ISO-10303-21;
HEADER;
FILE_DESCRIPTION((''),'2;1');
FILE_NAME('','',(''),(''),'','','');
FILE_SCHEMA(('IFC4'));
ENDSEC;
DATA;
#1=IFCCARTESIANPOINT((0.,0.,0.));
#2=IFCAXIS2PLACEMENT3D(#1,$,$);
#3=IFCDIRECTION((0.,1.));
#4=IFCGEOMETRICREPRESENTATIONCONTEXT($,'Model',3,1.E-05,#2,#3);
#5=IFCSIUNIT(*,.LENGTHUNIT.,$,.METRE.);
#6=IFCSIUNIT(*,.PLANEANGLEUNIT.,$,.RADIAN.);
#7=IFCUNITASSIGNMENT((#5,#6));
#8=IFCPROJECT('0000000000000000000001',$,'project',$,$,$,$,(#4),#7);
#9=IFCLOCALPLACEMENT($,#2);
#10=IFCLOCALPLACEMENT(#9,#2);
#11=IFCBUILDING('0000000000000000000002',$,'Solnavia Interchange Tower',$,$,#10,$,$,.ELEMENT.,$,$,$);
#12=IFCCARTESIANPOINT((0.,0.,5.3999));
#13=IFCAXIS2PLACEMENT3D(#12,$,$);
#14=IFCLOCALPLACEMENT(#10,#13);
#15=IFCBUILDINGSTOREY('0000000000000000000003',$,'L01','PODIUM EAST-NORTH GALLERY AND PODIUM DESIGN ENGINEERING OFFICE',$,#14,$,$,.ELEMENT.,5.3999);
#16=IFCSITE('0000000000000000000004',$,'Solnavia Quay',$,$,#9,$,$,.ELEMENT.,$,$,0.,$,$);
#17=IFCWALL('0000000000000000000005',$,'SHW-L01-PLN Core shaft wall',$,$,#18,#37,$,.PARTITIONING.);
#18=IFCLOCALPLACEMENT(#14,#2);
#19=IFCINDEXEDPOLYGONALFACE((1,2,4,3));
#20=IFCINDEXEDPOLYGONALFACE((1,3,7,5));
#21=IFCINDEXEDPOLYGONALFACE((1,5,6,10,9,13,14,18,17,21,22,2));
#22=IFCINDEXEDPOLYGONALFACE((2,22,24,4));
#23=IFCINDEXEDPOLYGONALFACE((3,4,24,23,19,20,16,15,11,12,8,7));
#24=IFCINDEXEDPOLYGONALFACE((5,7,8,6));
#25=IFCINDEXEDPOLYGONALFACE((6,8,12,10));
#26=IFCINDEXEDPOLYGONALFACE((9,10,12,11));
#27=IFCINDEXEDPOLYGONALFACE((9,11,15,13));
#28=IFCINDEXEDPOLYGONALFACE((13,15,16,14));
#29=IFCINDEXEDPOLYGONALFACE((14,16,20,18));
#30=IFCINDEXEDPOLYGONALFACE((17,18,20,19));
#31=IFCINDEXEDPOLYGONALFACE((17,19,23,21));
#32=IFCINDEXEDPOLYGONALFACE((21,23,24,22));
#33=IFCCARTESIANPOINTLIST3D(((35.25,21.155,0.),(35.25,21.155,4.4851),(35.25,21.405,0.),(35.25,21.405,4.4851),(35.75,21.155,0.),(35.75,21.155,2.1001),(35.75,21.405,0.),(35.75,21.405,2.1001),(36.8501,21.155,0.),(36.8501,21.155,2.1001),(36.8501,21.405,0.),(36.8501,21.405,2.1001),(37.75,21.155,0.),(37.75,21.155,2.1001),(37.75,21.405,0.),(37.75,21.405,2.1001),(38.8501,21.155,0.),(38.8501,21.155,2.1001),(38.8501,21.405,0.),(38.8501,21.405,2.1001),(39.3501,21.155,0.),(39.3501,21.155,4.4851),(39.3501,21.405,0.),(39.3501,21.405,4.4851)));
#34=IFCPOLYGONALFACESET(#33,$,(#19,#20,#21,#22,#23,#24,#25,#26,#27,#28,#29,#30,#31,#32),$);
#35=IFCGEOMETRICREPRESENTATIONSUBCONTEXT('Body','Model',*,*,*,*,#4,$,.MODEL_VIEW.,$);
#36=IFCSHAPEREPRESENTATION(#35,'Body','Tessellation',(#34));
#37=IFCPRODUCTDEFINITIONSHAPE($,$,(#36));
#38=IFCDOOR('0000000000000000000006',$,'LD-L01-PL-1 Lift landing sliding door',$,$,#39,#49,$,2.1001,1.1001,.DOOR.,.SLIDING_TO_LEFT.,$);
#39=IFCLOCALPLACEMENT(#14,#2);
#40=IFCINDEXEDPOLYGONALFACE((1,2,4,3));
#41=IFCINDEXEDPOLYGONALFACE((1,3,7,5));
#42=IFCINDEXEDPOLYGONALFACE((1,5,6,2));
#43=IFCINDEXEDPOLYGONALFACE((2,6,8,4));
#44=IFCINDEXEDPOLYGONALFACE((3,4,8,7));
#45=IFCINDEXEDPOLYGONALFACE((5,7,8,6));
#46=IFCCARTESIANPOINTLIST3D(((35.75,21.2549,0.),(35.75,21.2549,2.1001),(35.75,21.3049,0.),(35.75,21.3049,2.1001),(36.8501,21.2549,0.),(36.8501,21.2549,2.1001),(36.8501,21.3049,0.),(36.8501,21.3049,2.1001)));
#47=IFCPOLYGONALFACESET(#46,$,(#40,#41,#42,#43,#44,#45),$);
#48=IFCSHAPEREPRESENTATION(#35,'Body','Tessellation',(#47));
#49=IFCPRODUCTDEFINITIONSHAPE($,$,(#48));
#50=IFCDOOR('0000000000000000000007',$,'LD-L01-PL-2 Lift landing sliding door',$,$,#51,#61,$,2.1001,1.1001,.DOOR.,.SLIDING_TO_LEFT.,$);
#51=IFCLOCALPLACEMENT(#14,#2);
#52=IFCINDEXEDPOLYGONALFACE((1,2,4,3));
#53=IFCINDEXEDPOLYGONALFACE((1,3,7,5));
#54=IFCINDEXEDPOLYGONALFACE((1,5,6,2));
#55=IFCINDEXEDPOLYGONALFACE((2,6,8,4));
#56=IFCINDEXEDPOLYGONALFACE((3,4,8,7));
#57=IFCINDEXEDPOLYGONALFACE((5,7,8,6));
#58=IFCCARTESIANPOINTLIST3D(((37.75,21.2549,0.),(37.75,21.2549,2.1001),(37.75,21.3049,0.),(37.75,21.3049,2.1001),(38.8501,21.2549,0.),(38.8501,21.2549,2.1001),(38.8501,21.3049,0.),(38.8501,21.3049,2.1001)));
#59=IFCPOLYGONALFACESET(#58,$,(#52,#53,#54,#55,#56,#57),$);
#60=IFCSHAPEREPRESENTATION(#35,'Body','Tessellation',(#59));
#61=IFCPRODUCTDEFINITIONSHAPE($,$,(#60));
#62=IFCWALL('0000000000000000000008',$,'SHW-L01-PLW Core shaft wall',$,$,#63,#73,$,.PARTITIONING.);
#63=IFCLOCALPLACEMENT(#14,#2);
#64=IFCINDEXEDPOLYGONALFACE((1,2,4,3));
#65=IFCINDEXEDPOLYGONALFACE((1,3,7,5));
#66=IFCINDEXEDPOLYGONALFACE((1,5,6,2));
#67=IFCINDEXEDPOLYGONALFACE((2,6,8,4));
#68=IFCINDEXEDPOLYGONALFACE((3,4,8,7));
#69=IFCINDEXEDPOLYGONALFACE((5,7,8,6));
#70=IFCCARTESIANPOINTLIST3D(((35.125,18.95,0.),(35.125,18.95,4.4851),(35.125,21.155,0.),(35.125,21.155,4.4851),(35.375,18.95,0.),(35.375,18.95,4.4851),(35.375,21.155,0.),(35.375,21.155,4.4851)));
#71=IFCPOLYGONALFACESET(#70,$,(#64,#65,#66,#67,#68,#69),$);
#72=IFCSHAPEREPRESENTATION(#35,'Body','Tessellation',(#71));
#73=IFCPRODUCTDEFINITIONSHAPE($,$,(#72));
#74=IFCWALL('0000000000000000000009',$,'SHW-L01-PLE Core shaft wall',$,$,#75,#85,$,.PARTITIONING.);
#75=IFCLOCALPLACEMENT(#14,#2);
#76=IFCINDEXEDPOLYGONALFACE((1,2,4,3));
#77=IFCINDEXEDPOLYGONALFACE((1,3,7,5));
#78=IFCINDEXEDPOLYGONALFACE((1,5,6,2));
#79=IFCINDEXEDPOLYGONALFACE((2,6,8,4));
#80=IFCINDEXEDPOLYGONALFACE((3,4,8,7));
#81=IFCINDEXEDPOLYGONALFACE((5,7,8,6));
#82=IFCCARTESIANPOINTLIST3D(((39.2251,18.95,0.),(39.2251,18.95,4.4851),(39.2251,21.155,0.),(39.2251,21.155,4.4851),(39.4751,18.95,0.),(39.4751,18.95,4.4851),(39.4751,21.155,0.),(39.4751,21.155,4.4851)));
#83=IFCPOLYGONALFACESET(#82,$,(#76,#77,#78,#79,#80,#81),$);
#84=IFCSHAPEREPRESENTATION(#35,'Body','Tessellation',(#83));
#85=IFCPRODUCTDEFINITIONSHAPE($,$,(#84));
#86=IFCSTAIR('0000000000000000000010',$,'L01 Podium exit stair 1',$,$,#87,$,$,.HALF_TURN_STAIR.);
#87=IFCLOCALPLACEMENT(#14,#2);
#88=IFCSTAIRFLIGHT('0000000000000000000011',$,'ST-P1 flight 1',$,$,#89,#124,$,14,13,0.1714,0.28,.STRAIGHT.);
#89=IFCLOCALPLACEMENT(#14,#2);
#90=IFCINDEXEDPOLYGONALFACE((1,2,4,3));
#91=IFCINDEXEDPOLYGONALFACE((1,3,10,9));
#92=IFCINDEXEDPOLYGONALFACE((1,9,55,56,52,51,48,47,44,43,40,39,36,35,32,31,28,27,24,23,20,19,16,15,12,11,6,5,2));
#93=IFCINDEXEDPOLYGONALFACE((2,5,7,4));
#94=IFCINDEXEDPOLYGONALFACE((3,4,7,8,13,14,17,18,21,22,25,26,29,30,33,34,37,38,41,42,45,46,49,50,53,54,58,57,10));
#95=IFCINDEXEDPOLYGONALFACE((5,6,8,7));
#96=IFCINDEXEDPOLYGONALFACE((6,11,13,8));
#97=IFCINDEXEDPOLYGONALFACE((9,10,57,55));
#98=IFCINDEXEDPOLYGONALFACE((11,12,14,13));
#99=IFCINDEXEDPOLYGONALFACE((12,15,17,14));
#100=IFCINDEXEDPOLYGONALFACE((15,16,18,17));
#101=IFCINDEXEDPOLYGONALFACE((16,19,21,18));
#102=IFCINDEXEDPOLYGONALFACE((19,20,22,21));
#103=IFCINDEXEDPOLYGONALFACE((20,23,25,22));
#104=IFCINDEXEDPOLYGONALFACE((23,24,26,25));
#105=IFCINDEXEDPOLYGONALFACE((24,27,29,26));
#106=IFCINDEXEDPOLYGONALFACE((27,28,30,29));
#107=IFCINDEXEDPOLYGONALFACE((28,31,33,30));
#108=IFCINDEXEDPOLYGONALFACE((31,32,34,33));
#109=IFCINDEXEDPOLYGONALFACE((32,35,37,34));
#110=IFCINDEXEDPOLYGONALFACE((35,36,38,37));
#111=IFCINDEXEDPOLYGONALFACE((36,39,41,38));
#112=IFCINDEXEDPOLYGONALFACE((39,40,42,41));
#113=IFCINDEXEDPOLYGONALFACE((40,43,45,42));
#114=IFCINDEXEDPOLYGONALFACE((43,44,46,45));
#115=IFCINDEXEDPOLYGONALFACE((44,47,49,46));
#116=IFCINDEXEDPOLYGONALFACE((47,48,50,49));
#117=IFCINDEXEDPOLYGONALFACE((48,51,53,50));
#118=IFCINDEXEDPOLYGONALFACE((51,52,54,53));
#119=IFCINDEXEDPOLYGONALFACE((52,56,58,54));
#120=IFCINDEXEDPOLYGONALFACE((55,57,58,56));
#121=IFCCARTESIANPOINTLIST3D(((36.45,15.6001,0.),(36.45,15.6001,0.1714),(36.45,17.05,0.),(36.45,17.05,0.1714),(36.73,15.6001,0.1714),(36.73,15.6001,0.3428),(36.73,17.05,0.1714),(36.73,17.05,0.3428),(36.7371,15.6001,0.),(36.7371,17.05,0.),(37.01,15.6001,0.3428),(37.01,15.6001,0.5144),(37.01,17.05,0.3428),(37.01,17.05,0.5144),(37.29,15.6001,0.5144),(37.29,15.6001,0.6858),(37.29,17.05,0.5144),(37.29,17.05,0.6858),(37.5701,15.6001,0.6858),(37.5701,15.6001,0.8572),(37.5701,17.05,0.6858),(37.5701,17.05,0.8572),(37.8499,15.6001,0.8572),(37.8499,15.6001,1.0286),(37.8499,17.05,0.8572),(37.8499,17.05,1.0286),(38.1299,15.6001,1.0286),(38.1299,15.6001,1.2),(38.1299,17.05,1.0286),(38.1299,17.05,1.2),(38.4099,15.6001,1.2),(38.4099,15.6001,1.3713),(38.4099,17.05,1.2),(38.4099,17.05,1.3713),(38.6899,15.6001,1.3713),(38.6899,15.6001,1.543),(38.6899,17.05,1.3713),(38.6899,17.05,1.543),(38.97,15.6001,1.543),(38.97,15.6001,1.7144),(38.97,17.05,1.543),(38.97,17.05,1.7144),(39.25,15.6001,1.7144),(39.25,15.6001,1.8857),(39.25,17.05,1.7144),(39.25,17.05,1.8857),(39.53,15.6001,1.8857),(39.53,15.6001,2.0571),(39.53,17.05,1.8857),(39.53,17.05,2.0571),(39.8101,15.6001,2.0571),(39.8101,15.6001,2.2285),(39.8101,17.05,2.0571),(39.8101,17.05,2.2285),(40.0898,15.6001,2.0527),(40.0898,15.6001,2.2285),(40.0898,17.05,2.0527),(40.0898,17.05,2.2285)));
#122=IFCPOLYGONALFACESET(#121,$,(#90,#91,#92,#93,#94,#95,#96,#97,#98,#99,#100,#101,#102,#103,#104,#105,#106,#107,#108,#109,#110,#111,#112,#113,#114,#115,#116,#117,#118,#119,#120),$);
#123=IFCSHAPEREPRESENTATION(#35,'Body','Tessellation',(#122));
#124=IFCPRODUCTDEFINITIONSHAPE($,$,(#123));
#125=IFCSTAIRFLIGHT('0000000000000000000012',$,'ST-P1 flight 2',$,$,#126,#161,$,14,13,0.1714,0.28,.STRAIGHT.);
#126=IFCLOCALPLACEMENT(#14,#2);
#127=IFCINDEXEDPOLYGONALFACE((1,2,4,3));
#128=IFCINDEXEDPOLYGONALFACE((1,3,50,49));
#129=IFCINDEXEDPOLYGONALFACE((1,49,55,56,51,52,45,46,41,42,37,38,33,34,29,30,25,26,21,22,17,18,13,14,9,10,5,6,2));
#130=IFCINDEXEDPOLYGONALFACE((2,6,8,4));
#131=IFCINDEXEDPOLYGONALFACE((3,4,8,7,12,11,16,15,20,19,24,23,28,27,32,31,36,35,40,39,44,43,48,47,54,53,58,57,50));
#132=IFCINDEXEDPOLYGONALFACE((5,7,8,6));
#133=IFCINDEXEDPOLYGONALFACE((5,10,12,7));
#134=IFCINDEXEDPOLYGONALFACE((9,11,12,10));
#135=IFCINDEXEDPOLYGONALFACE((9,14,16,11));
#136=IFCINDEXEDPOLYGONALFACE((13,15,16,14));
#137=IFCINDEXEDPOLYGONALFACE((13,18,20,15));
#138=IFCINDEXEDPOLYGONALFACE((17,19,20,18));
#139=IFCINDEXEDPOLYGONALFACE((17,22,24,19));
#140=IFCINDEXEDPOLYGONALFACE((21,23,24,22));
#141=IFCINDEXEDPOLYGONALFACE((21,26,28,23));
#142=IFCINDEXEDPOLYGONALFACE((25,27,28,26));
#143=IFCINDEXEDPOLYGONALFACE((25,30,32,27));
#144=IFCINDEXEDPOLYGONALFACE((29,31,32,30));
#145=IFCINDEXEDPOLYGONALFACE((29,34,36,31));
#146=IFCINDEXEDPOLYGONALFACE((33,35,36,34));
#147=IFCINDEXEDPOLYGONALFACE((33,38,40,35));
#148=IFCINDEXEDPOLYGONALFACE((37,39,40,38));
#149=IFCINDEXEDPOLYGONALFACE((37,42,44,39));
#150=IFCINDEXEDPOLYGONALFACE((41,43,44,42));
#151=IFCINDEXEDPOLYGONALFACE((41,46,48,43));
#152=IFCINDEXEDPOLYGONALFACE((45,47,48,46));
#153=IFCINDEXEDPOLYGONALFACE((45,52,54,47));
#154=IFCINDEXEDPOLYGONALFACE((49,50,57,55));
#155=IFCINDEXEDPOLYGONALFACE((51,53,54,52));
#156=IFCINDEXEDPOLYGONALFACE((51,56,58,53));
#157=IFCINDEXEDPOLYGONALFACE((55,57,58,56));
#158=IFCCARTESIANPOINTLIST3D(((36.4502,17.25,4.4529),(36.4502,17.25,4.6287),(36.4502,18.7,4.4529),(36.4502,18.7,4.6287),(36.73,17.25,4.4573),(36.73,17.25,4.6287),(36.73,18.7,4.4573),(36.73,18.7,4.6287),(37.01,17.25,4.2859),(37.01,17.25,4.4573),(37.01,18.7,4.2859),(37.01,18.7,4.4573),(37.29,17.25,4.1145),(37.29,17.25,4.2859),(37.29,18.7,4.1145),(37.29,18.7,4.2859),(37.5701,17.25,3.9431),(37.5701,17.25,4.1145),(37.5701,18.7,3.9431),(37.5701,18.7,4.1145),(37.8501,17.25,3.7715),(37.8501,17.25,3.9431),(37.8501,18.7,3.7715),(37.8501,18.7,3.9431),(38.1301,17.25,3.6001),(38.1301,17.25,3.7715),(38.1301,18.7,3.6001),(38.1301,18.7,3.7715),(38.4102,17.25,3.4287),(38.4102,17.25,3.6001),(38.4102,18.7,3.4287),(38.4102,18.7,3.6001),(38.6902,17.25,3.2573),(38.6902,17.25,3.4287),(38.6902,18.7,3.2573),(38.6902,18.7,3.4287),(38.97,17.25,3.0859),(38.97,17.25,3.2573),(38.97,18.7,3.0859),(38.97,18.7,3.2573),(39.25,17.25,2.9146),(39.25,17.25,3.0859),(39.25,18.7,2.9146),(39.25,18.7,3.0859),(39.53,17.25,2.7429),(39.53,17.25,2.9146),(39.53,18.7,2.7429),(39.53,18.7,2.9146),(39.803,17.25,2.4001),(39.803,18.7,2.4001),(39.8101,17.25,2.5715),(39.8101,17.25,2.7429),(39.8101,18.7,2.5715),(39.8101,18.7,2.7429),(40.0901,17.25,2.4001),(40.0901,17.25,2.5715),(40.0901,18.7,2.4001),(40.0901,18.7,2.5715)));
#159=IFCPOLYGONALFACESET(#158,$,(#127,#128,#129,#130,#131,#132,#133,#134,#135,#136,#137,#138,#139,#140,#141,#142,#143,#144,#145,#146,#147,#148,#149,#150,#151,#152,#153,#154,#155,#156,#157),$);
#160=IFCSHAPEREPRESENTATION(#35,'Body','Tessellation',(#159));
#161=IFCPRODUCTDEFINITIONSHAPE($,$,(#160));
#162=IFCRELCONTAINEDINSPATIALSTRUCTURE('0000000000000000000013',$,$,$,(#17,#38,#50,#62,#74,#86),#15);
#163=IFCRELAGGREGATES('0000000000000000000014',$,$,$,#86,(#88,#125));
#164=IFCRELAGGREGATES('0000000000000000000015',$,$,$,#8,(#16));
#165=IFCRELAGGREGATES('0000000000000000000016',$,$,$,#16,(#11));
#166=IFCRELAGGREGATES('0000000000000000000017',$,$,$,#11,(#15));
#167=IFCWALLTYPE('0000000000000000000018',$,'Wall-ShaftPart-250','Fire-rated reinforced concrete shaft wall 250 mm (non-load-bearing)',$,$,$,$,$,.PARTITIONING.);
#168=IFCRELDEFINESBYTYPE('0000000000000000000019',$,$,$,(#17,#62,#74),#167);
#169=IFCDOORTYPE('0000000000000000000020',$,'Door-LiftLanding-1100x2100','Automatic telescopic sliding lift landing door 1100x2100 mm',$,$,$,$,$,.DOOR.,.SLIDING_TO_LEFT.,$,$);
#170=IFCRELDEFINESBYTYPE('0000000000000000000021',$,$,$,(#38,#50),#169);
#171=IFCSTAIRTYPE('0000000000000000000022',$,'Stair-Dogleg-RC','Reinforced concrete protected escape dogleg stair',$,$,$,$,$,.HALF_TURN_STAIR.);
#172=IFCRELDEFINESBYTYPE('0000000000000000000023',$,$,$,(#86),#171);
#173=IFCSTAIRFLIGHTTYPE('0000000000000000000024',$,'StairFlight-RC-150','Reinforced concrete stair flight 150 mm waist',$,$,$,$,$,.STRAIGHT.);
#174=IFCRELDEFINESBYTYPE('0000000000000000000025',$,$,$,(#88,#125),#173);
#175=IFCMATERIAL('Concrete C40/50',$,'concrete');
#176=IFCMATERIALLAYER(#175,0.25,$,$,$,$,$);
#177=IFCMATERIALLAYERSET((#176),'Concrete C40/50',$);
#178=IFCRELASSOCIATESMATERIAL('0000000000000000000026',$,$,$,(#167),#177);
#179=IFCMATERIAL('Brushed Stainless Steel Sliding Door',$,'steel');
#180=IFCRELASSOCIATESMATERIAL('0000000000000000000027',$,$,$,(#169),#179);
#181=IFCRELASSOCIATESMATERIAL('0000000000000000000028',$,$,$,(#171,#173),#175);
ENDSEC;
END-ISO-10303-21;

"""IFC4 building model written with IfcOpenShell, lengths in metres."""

from ifc_helpers import new_model, si_unit, direction, frame, frame_2d, origin, place, context, subcontext, project, spatial, polyline, rectangle, outline, extrude, material, layer, layer_set, type_object, element, fill, aggregate, save


model = new_model("IFC4")

# Units and contexts
model_context = context("Model", 3, precision=1e-05, world=origin(), true_north=direction((0.0, 1.0)))
body_context = subcontext(model_context, "Body", "Model", "MODEL_VIEW")
ifc_project = project(units=[si_unit("LENGTHUNIT", "METRE"), si_unit("PLANEANGLEUNIT", "RADIAN")], contexts=[model_context])

# Site, building, storey
site_placement = place(None, origin())
site = spatial("IfcSite", under=ifc_project, at=site_placement, Name="Solnavia Quay", CompositionType="ELEMENT", RefElevation=0.0)
building_placement = place(site_placement, origin())
building = spatial("IfcBuilding", under=site, at=building_placement, Name="Solnavia Interchange Tower", CompositionType="ELEMENT")
storey_placement = place(building_placement, frame((0.0, 0.0, 5.3999)))
storey = spatial("IfcBuildingStorey", under=building, at=storey_placement, Name="L01", Description="PODIUM EAST-NORTH GALLERY AND PODIUM DESIGN ENGINEERING OFFICE", CompositionType="ELEMENT", Elevation=5.3999)

# Shared definitions
ifc_material_1 = material(Name="Concrete C40/50", Category="concrete")

# Wall, openings, doors
ifc_layer_1 = layer(ifc_material_1, 0.25)
ifc_layer_set_1 = layer_set([ifc_layer_1], Name="Concrete C40/50")
wall_type_1 = type_object("IfcWallType", Name="Wall-ShaftPart-250", Description="Fire-rated reinforced concrete shaft wall 250 mm (non-load-bearing)", PredefinedType="PARTITIONING", material=ifc_layer_set_1)
wall_1_placement = place(storey_placement, frame((35.25, 21.28, 0.0), z_axis=(0.0, 0.0, 1.0), x_axis=(1.0, 0.0, 0.0)))
wall_1 = element("IfcWall", 1, at=wall_1_placement, inside=storey, type_object=wall_type_1, Name="SHW-L01-PLN Core shaft wall", PredefinedType="PARTITIONING", context=body_context, shape_type="SweptSolid", body=[
    extrude(rectangle(XDim=4.1001, YDim=0.25, at=frame_2d((2.05, 0.0))), origin(), (0.0, 0.0, 1.0), 4.4851),
])
opening_1_placement = place(wall_1_placement, frame((0.5, 0.0, 0.0)))
opening_1 = element("IfcOpeningElement", 2, at=opening_1_placement, cuts=wall_1, PredefinedType="OPENING", context=body_context, shape_type="SweptSolid", body=[
    extrude(rectangle(XDim=1.1001, YDim=2.1001, at=frame_2d((0.55, 1.05))), frame((0.0, 0.135, 0.0), z_axis=(0.0, -1.0, 0.0), x_axis=(1.0, 0.0, 0.0)), (0.0, 0.0, 1.0), 0.27),
])
opening_2_placement = place(wall_1_placement, frame((2.5, 0.0, 0.0)))
opening_2 = element("IfcOpeningElement", 3, at=opening_2_placement, cuts=wall_1, PredefinedType="OPENING", context=body_context, shape_type="SweptSolid", body=[
    extrude(rectangle(XDim=1.1001, YDim=2.1001, at=frame_2d((0.55, 1.05))), frame((0.0, 0.135, 0.0), z_axis=(0.0, -1.0, 0.0), x_axis=(1.0, 0.0, 0.0)), (0.0, 0.0, 1.0), 0.27),
])
ifc_material_2 = material(Name="Brushed Stainless Steel Sliding Door", Category="steel")
door_type_1 = type_object("IfcDoorType", Name="Door-LiftLanding-1100x2100", Description="Automatic telescopic sliding lift landing door 1100x2100 mm", OperationType="SLIDING_TO_LEFT", PredefinedType="DOOR", material=ifc_material_2)
door_1_placement = place(opening_1_placement, origin())
door_1 = element("IfcDoor", 4, at=door_1_placement, inside=storey, type_object=door_type_1, Name="LD-L01-PL-1 Lift landing sliding door", OperationType="SLIDING_TO_LEFT", OverallHeight=2.1001, OverallWidth=1.1001, PredefinedType="DOOR", context=body_context, shape_type="SweptSolid", body=[
    extrude(rectangle(XDim=1.1001, YDim=2.1001, at=frame_2d((0.55, 1.05))), frame((0.0, 0.0249, 0.0), z_axis=(0.0, -1.0, 0.0), x_axis=(1.0, 0.0, 0.0)), (0.0, 0.0, 1.0), 0.05),
])
fill(opening_1, door_1)
door_2_placement = place(opening_2_placement, origin())
door_2 = element("IfcDoor", 5, at=door_2_placement, inside=storey, type_object=door_type_1, Name="LD-L01-PL-2 Lift landing sliding door", OperationType="SLIDING_TO_LEFT", OverallHeight=2.1001, OverallWidth=1.1001, PredefinedType="DOOR", context=body_context, shape_type="SweptSolid", body=[
    extrude(rectangle(XDim=1.1001, YDim=2.1001, at=frame_2d((0.55, 1.05))), frame((0.0, 0.0249, 0.0), z_axis=(0.0, -1.0, 0.0), x_axis=(1.0, 0.0, 0.0)), (0.0, 0.0, 1.0), 0.05),
])
fill(opening_2, door_2)

# Walls
for number, where, z_axis, x_axis, name in (
    (6, (35.25, 18.95, 0.0), (0.0, 0.0, 1.0), (0.0, 1.0, 0.0), "SHW-L01-PLW Core shaft wall"),
    (7, (39.3501, 18.95, 0.0), (0.0, 0.0, 1.0), (0.0, 1.0, 0.0), "SHW-L01-PLE Core shaft wall"),
):
    element("IfcWall", number, at=place(storey_placement, frame(where, z_axis=z_axis, x_axis=x_axis)), inside=storey, type_object=wall_type_1, Name=name, PredefinedType="PARTITIONING", context=body_context, shape_type="SweptSolid", body=[
        extrude(rectangle(XDim=2.2051, YDim=0.25, at=frame_2d((1.1025, 0.0))), origin(), (0.0, 0.0, 1.0), 4.4851),
    ])

# Stair, stair flights
stair_type = type_object("IfcStairType", Name="Stair-Dogleg-RC", Description="Reinforced concrete protected escape dogleg stair", PredefinedType="HALF_TURN_STAIR", material=ifc_material_1)
stair_placement = place(storey_placement, origin())
stair = element("IfcStair", 8, at=stair_placement, inside=storey, type_object=stair_type, Name="L01 Podium exit stair 1", PredefinedType="HALF_TURN_STAIR")
stair_flight_type = type_object("IfcStairFlightType", Name="StairFlight-RC-150", Description="Reinforced concrete stair flight 150 mm waist", PredefinedType="STRAIGHT", material=ifc_material_1)
stair_flight_1_placement = place(storey_placement, frame((36.45, 16.325, 0.0), z_axis=(0.0, 0.0, 1.0), x_axis=(1.0, 0.0, 0.0)))
stair_flight_1 = element("IfcStairFlight", 9, at=stair_flight_1_placement, type_object=stair_flight_type, Name="ST-P1 flight 1", NumberOfRisers=14, NumberOfTreads=13, PredefinedType="STRAIGHT", RiserHeight=0.1714, TreadLength=0.28, context=body_context, shape_type="SweptSolid", body=[
    extrude(outline(polyline([(0.0, 0.0), (0.0, 0.1714), (0.28, 0.1714), (0.28, 0.3428), (0.5601, 0.3428), (0.5601, 0.5144), (0.8401, 0.5144), (0.8401, 0.6858), (1.1201, 0.6858), (1.1201, 0.8572), (1.3999, 0.8572), (1.3999, 1.0286), (1.6799, 1.0286), (1.6799, 1.2), (1.96, 1.2), (1.96, 1.3713), (2.24, 1.3713), (2.24, 1.543), (2.52, 1.543), (2.52, 1.7144), (2.8, 1.7144), (2.8, 1.8857), (3.0801, 1.8857), (3.0801, 2.0571), (3.3601, 2.0571), (3.3601, 2.2285), (3.6399, 2.2285), (3.6399, 2.3999), (3.6399, 2.0527), (0.2871, 0.0), (0.0, 0.0)])), frame((0.0, 0.7251, 0.0), z_axis=(0.0, -1.0, 0.0), x_axis=(1.0, 0.0, 0.0)), (0.0, 0.0, 1.0), 1.45),
])
stair_flight_2_placement = place(storey_placement, frame((40.0901, 17.9751, 2.4001), z_axis=(0.0, 0.0, 1.0), x_axis=(-1.0, 0.0, 0.0)))
stair_flight_2 = element("IfcStairFlight", 10, at=stair_flight_2_placement, type_object=stair_flight_type, Name="ST-P1 flight 2", NumberOfRisers=14, NumberOfTreads=13, PredefinedType="STRAIGHT", RiserHeight=0.1714, TreadLength=0.28, context=body_context, shape_type="SweptSolid", body=[
    extrude(outline(polyline([(0.0, 0.0), (0.0, 0.1714), (0.28, 0.1714), (0.28, 0.3428), (0.5601, 0.3428), (0.5601, 0.5144), (0.8401, 0.5144), (0.8401, 0.6858), (1.1201, 0.6858), (1.1201, 0.8572), (1.3999, 0.8572), (1.3999, 1.0286), (1.6799, 1.0286), (1.6799, 1.2), (1.96, 1.2), (1.96, 1.3713), (2.24, 1.3713), (2.24, 1.543), (2.52, 1.543), (2.52, 1.7144), (2.8, 1.7144), (2.8, 1.8857), (3.0801, 1.8857), (3.0801, 2.0571), (3.3601, 2.0571), (3.3601, 2.2285), (3.6399, 2.2285), (3.6399, 2.3999), (3.6399, 2.0527), (0.2871, 0.0), (0.0, 0.0)])), frame((0.0, 0.7251, 0.0), z_axis=(0.0, -1.0, 0.0), x_axis=(1.0, 0.0, 0.0)), (0.0, 0.0, 1.0), 1.45),
])
aggregate(stair, [stair_flight_1, stair_flight_2])

save(model, "model.ifc")
